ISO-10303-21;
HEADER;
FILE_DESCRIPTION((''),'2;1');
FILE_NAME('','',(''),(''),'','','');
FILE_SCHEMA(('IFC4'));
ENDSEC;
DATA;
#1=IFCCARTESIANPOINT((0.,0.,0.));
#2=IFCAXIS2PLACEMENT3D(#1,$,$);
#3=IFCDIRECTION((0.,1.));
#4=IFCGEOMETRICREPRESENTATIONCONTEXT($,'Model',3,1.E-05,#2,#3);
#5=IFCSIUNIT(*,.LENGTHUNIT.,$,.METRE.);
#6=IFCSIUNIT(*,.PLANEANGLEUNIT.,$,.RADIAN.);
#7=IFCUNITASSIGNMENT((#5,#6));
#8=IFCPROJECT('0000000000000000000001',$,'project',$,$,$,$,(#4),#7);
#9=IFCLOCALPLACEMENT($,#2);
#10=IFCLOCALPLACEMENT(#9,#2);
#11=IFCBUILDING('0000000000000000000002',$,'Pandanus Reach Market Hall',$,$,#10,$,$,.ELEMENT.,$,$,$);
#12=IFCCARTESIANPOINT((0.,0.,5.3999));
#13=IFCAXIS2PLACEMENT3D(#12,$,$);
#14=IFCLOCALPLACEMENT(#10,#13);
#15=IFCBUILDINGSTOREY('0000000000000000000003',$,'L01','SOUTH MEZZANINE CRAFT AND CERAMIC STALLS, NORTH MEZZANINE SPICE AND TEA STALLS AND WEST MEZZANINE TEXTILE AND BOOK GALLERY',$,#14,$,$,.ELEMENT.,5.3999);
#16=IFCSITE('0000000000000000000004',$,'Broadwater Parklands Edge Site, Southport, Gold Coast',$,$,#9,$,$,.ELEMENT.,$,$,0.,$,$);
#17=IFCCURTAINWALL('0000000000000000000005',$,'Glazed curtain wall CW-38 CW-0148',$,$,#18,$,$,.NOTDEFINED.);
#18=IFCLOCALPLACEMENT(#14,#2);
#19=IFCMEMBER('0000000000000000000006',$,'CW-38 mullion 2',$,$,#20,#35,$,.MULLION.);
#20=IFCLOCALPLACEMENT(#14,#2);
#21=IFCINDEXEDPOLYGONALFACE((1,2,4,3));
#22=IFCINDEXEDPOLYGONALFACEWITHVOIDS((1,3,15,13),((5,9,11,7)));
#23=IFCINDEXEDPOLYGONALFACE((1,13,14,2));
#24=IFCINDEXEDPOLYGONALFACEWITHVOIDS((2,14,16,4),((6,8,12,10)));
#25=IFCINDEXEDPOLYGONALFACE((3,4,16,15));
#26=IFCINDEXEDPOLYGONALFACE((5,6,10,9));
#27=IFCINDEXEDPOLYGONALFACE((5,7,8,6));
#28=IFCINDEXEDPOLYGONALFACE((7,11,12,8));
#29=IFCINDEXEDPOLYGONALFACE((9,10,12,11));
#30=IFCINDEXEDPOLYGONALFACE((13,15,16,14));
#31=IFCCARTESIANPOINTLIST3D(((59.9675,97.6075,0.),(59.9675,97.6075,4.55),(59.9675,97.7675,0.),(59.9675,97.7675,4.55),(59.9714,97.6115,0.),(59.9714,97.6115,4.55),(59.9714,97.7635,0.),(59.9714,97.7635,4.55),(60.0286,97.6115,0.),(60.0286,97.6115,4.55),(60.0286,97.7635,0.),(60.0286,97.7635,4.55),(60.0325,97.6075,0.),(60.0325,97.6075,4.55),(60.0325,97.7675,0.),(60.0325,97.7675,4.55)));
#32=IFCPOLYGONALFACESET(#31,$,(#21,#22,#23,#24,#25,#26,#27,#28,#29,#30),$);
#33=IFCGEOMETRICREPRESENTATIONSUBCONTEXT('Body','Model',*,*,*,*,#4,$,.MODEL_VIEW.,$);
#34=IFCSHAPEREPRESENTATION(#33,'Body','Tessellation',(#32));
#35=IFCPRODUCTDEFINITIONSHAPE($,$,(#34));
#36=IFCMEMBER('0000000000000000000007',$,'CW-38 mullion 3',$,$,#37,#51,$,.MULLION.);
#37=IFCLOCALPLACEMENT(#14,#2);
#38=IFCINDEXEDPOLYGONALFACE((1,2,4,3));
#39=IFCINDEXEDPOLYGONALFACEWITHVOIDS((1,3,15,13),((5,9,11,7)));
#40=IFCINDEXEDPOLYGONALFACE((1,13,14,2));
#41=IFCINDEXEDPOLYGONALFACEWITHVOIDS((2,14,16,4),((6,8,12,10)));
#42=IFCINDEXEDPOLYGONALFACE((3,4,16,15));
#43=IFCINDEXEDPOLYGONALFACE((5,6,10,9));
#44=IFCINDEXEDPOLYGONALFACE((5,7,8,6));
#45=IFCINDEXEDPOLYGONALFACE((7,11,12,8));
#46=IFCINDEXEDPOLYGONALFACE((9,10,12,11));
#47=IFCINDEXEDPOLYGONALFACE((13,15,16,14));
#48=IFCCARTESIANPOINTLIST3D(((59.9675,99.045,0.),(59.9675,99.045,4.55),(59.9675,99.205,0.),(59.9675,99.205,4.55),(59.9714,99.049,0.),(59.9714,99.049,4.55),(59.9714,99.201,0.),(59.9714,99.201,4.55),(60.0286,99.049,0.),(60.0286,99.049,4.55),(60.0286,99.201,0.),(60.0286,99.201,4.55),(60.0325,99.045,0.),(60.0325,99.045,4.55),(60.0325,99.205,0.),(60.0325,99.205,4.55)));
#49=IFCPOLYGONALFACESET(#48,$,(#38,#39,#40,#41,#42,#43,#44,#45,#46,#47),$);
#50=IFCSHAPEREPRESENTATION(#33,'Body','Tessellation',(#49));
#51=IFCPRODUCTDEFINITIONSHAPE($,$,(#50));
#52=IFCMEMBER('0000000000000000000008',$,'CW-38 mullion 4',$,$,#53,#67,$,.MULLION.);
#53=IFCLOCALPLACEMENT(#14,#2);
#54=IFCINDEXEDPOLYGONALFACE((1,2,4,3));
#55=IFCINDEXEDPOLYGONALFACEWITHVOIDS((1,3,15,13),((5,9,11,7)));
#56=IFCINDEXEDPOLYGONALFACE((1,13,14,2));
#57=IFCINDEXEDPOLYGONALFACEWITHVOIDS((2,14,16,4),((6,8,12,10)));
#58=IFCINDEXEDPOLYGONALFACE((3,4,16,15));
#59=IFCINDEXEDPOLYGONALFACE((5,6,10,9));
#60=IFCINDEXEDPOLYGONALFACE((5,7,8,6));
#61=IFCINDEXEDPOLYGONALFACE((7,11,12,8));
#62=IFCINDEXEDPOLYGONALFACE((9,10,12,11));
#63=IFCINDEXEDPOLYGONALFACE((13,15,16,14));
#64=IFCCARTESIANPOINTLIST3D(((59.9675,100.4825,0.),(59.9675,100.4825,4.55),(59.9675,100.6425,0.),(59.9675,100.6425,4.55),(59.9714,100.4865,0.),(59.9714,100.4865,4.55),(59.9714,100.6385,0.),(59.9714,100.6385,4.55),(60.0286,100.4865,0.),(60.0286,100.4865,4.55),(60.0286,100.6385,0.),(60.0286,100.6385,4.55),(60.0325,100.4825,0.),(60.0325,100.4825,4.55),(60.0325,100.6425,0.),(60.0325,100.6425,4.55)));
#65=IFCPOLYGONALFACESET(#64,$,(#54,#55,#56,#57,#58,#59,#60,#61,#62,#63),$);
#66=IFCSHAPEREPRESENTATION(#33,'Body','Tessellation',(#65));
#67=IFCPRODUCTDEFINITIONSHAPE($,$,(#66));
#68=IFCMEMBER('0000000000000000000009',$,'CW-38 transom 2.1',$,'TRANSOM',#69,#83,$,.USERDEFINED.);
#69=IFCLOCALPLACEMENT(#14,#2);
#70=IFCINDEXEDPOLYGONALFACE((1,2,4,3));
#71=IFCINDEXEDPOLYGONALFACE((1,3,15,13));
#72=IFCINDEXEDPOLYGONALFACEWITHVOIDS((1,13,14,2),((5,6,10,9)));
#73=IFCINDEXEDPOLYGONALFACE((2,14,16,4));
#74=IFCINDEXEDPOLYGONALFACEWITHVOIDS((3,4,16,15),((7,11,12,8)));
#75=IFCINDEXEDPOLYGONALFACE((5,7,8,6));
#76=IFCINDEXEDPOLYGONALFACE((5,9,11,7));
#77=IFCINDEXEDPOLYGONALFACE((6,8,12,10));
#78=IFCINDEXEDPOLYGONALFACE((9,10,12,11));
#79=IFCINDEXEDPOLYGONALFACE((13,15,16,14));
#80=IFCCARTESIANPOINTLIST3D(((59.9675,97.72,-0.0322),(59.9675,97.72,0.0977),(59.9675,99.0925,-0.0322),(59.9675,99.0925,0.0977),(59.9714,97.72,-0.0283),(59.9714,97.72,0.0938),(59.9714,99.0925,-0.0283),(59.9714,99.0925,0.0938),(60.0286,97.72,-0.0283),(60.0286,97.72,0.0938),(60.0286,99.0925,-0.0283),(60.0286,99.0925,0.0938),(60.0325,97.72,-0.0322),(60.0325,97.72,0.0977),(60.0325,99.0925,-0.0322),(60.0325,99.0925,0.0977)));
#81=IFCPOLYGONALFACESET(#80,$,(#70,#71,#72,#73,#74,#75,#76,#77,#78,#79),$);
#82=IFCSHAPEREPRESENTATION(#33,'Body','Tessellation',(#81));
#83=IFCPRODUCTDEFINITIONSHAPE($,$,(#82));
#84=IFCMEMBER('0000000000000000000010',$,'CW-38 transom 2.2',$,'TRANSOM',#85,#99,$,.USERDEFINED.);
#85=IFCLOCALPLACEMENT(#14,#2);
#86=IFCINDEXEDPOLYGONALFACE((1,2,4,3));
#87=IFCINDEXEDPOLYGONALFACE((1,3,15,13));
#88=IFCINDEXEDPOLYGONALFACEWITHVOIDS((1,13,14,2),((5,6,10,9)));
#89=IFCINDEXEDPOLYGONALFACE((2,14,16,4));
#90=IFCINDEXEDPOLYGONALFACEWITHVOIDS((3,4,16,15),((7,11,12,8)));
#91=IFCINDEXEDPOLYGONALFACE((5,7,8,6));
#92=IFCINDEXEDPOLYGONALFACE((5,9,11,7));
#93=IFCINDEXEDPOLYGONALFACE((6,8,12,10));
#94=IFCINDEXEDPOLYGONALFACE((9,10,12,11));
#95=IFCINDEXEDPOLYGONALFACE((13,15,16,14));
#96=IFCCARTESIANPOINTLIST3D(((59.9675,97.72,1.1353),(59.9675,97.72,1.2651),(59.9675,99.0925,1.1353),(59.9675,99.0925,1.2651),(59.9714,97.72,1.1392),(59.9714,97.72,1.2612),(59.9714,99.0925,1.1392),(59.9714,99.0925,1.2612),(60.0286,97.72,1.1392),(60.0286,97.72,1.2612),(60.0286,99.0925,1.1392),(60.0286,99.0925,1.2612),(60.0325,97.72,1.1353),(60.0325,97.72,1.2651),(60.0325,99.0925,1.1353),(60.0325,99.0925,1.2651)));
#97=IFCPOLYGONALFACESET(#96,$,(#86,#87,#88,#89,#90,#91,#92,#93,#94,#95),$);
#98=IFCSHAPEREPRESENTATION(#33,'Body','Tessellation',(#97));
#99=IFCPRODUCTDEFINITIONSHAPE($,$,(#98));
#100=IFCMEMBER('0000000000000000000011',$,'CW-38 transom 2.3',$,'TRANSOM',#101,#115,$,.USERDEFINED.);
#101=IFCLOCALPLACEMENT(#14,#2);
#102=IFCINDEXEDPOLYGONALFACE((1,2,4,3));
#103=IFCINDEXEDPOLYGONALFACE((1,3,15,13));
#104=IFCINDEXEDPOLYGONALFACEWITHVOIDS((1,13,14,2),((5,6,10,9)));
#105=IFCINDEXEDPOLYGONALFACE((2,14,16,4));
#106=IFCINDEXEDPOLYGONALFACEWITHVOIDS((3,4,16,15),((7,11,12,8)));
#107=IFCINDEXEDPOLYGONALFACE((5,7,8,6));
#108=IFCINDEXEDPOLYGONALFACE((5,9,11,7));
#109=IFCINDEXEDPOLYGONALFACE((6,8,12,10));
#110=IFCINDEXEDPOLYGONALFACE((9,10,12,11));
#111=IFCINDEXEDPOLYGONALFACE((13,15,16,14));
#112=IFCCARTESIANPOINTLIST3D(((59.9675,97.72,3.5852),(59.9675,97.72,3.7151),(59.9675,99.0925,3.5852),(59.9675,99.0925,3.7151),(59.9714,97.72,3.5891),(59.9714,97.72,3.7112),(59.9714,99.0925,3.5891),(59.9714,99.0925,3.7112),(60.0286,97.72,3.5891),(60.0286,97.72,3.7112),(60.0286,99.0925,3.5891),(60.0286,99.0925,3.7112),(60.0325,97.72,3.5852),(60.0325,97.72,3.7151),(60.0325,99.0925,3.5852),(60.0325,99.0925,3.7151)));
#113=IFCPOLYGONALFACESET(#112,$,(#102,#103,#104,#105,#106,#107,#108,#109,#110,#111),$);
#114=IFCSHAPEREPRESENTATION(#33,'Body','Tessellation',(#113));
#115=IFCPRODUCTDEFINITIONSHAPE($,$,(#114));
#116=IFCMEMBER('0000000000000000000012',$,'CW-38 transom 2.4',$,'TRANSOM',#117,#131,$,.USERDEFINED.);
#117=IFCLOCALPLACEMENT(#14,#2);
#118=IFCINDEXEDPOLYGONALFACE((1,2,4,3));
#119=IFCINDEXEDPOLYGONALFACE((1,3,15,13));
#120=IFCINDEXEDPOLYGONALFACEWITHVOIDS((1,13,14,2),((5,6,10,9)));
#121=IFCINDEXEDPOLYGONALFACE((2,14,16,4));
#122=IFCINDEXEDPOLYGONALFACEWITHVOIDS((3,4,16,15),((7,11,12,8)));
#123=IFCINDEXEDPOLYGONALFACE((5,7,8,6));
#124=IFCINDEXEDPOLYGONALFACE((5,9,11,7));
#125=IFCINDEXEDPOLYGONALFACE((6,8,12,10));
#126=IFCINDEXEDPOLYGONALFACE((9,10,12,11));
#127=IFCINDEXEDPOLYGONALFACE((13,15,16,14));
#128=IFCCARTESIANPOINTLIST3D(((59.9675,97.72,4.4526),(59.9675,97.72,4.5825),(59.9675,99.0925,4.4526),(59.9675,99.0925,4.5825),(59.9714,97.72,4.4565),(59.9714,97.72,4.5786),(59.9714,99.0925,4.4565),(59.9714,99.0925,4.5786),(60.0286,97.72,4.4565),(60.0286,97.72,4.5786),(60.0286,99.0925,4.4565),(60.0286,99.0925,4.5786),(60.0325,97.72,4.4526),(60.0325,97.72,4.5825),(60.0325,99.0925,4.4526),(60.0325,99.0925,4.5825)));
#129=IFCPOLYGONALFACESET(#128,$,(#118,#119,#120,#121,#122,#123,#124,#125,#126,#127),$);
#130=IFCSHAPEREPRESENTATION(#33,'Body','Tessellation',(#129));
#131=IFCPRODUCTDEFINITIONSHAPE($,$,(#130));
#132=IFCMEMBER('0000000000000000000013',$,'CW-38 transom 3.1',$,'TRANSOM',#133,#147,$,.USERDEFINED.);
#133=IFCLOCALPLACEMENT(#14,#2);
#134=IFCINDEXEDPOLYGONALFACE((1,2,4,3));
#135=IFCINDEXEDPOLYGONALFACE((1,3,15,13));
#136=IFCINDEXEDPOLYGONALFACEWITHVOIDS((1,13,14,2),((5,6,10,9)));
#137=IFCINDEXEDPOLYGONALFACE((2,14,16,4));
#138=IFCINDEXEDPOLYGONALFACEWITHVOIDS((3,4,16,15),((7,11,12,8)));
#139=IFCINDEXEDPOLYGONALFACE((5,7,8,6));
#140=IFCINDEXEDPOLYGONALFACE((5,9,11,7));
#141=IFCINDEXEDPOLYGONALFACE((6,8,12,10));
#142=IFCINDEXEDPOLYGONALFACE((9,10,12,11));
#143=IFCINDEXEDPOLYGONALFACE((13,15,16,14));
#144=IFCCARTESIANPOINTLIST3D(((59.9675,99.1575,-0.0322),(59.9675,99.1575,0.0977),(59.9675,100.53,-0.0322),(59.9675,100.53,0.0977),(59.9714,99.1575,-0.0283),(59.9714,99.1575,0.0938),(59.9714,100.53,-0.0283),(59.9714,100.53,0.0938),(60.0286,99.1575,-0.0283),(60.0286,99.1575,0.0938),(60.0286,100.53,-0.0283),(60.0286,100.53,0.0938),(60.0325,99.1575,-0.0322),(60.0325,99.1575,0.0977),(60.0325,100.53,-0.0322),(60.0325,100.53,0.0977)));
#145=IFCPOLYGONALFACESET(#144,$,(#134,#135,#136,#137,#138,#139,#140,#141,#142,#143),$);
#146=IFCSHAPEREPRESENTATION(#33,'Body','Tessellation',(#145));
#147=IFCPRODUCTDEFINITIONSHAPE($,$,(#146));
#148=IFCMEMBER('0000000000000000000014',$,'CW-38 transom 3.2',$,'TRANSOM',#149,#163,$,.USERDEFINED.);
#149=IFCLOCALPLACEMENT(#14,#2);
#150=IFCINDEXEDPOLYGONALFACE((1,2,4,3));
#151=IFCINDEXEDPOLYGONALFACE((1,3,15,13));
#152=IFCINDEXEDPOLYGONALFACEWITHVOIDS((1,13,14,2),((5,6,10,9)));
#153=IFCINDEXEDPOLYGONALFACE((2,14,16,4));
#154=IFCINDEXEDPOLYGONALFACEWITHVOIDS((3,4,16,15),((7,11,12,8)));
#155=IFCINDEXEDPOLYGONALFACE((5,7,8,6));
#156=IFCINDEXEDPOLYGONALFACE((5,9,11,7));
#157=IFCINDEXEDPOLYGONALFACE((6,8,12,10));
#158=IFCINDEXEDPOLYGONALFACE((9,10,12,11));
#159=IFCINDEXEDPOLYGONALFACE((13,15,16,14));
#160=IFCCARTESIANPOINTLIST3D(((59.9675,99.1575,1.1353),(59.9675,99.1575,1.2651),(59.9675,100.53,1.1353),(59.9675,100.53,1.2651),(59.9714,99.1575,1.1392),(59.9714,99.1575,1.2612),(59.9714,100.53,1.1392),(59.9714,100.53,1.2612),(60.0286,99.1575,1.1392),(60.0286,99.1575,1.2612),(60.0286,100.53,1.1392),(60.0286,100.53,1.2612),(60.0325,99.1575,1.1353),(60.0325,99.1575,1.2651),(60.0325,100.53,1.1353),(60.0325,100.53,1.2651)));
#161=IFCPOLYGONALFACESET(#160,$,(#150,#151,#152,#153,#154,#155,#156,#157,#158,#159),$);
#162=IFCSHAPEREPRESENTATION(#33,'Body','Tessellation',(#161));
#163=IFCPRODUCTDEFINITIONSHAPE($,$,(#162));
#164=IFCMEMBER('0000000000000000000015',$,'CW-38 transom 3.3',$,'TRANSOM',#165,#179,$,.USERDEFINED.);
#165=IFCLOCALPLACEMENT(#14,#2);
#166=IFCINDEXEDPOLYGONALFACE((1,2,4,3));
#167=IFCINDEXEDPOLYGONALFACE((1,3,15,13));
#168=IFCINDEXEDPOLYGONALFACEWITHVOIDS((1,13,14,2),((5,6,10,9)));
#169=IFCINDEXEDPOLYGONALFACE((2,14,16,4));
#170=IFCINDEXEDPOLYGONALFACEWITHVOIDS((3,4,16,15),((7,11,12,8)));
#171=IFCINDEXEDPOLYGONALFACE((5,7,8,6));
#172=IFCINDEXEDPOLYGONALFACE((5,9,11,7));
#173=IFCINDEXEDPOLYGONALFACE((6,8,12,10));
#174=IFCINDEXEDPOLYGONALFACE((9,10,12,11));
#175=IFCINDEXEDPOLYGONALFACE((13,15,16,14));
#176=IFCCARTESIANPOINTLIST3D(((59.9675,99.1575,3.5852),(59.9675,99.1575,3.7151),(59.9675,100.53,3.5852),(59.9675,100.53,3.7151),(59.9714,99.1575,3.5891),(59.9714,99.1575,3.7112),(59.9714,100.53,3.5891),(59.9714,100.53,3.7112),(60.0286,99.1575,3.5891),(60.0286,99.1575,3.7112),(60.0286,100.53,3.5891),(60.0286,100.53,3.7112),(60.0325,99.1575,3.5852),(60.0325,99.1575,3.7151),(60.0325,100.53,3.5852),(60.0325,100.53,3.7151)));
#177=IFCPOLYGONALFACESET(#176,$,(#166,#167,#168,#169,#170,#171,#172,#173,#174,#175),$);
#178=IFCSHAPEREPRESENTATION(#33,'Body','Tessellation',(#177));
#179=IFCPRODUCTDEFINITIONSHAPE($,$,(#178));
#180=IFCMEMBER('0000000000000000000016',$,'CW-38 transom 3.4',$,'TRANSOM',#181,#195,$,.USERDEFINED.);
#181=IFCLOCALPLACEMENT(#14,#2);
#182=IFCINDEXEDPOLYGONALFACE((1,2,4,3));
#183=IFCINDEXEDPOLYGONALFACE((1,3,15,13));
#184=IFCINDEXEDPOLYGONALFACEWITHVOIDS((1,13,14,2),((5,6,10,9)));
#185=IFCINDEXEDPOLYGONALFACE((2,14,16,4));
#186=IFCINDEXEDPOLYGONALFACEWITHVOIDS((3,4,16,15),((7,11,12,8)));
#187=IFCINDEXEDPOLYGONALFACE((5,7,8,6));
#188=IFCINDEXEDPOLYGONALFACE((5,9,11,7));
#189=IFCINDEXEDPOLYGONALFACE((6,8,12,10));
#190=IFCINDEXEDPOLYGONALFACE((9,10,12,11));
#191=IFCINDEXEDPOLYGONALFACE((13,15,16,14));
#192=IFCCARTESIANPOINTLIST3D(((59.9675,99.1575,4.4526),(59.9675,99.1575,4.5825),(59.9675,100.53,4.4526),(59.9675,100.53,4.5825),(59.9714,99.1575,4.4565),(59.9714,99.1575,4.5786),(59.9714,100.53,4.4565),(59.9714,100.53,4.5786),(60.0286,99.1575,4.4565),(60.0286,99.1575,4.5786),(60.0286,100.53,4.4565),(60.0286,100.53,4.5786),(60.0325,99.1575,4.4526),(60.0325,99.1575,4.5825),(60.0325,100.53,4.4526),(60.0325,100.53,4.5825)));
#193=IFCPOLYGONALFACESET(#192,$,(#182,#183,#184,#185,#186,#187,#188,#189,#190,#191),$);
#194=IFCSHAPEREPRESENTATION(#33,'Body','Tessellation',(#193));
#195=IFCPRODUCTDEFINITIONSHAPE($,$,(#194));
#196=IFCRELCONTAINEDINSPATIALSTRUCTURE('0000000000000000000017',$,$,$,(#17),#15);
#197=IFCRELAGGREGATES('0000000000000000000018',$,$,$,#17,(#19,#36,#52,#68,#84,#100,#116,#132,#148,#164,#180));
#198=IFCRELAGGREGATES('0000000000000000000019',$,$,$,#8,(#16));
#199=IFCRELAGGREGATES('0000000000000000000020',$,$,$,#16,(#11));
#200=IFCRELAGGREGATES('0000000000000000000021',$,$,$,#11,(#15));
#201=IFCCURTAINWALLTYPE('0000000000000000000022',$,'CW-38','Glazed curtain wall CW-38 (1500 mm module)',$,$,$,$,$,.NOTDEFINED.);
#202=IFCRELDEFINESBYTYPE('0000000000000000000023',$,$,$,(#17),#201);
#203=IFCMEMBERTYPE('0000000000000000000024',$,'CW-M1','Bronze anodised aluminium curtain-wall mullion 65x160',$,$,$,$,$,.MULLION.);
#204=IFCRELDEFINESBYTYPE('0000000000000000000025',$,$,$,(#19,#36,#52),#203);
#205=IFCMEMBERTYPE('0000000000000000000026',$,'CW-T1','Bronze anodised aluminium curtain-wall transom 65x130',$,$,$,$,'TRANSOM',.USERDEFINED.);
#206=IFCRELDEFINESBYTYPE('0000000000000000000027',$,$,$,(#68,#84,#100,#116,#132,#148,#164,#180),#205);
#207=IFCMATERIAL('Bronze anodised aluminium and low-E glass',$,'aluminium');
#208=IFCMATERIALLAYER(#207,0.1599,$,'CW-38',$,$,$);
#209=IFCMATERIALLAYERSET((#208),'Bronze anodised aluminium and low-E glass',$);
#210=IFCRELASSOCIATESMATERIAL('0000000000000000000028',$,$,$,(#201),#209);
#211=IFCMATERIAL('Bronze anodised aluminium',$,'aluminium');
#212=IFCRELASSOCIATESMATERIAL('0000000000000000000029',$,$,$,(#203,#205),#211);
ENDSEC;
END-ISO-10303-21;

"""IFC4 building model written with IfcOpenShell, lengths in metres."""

from ifc_helpers import new_model, si_unit, direction, frame, origin, origin_2d, place, context, subcontext, project, spatial, hollow_rectangle, extrude, material, layer, layer_set, material_profile, profile_set, type_object, element, aggregate, save


model = new_model("IFC4")

# Units and contexts
model_context = context("Model", 3, precision=1e-05, world=origin(), true_north=direction((0.0, 1.0)))
body_context = subcontext(model_context, "Body", "Model", "MODEL_VIEW")
ifc_project = project(units=[si_unit("LENGTHUNIT", "METRE"), si_unit("PLANEANGLEUNIT", "RADIAN")], contexts=[model_context])

# Site, building, storey
site_placement = place(None, origin())
site = spatial("IfcSite", under=ifc_project, at=site_placement, Name="Broadwater Parklands Edge Site, Southport, Gold Coast", CompositionType="ELEMENT", RefElevation=0.0)
building_placement = place(site_placement, origin())
building = spatial("IfcBuilding", under=site, at=building_placement, Name="Pandanus Reach Market Hall", CompositionType="ELEMENT")
storey_placement = place(building_placement, frame((0.0, 0.0, 5.3999)))
storey = spatial("IfcBuildingStorey", under=building, at=storey_placement, Name="L01", Description="SOUTH MEZZANINE CRAFT AND CERAMIC STALLS, NORTH MEZZANINE SPICE AND TEA STALLS AND WEST MEZZANINE TEXTILE AND BOOK GALLERY", CompositionType="ELEMENT", Elevation=5.3999)

# Curtain wall, members
ifc_material_1 = material(Name="Bronze anodised aluminium and low-E glass", Category="aluminium")
ifc_layer_1 = layer(ifc_material_1, 0.1599, Name="CW-38")
ifc_layer_set_1 = layer_set([ifc_layer_1], Name="Bronze anodised aluminium and low-E glass")
curtain_wall_type = type_object("IfcCurtainWallType", Name="CW-38", Description="Glazed curtain wall CW-38 (1500 mm module)", PredefinedType="NOTDEFINED", material=ifc_layer_set_1)
curtain_wall_placement = place(storey_placement, origin())
curtain_wall = element("IfcCurtainWall", 1, at=curtain_wall_placement, inside=storey, type_object=curtain_wall_type, Name="Glazed curtain wall CW-38 CW-0148", PredefinedType="NOTDEFINED")
ifc_material_2 = material(Name="Bronze anodised aluminium", Category="aluminium")
ifc_material_profile_1 = material_profile(ifc_material_2, hollow_rectangle(XDim=0.0649, YDim=0.1599, WallThickness=0.0039, at=origin_2d()), Name="ALU65x160", Category="LoadBearing")
ifc_profile_set_1 = profile_set([ifc_material_profile_1], Name="Bronze anodised aluminium")
member_type_1 = type_object("IfcMemberType", Name="CW-M1", Description="Bronze anodised aluminium curtain-wall mullion 65x160", PredefinedType="MULLION", material=ifc_profile_set_1)
member_1_placement = place(storey_placement, frame((60.0, 97.6875, 0.0), z_axis=(0.0, 0.0, 1.0), x_axis=(-1.0, 0.0, 0.0)))
member_1 = element("IfcMember", 2, at=member_1_placement, type_object=member_type_1, Name="CW-38 mullion 2", PredefinedType="MULLION", context=body_context, shape_type="SweptSolid", body=[
    extrude(hollow_rectangle(XDim=0.0649, YDim=0.1599, WallThickness=0.0039, at=origin_2d()), origin(), (0.0, 0.0, 1.0), 4.55),
])
member_2_placement = place(storey_placement, frame((60.0, 99.125, 0.0), z_axis=(0.0, 0.0, 1.0), x_axis=(-1.0, 0.0, 0.0)))
member_2 = element("IfcMember", 3, at=member_2_placement, type_object=member_type_1, Name="CW-38 mullion 3", PredefinedType="MULLION", context=body_context, shape_type="SweptSolid", body=[
    extrude(hollow_rectangle(XDim=0.0649, YDim=0.1599, WallThickness=0.0039, at=origin_2d()), origin(), (0.0, 0.0, 1.0), 4.55),
])
member_3_placement = place(storey_placement, frame((60.0, 100.5625, 0.0), z_axis=(0.0, 0.0, 1.0), x_axis=(-1.0, 0.0, 0.0)))
member_3 = element("IfcMember", 4, at=member_3_placement, type_object=member_type_1, Name="CW-38 mullion 4", PredefinedType="MULLION", context=body_context, shape_type="SweptSolid", body=[
    extrude(hollow_rectangle(XDim=0.0649, YDim=0.1599, WallThickness=0.0039, at=origin_2d()), origin(), (0.0, 0.0, 1.0), 4.55),
])
ifc_material_profile_2 = material_profile(ifc_material_2, hollow_rectangle(XDim=0.0649, YDim=0.1299, WallThickness=0.0039, at=origin_2d()), Name="ALU65x130", Category="LoadBearing")
ifc_profile_set_2 = profile_set([ifc_material_profile_2], Name="Bronze anodised aluminium")
member_type_2 = type_object("IfcMemberType", Name="CW-T1", Description="Bronze anodised aluminium curtain-wall transom 65x130", ElementType="TRANSOM", PredefinedType="USERDEFINED", material=ifc_profile_set_2)
member_4_placement = place(storey_placement, frame((60.0, 97.72, 0.0327), z_axis=(0.0, 1.0, 0.0), x_axis=(-1.0, 0.0, 0.0)))
member_4 = element("IfcMember", 5, at=member_4_placement, type_object=member_type_2, Name="CW-38 transom 2.1", ObjectType="TRANSOM", PredefinedType="USERDEFINED", context=body_context, shape_type="SweptSolid", body=[
    extrude(hollow_rectangle(XDim=0.0649, YDim=0.1299, WallThickness=0.0039, at=origin_2d()), origin(), (0.0, 0.0, 1.0), 1.3726),
])
member_5_placement = place(storey_placement, frame((60.0, 97.72, 1.2002), z_axis=(0.0, 1.0, 0.0), x_axis=(-1.0, 0.0, 0.0)))
member_5 = element("IfcMember", 6, at=member_5_placement, type_object=member_type_2, Name="CW-38 transom 2.2", ObjectType="TRANSOM", PredefinedType="USERDEFINED", context=body_context, shape_type="SweptSolid", body=[
    extrude(hollow_rectangle(XDim=0.0649, YDim=0.1299, WallThickness=0.0039, at=origin_2d()), origin(), (0.0, 0.0, 1.0), 1.3726),
])
member_6_placement = place(storey_placement, frame((60.0, 97.72, 3.6501), z_axis=(0.0, 1.0, 0.0), x_axis=(-1.0, 0.0, 0.0)))
member_6 = element("IfcMember", 7, at=member_6_placement, type_object=member_type_2, Name="CW-38 transom 2.3", ObjectType="TRANSOM", PredefinedType="USERDEFINED", context=body_context, shape_type="SweptSolid", body=[
    extrude(hollow_rectangle(XDim=0.0649, YDim=0.1299, WallThickness=0.0039, at=origin_2d()), origin(), (0.0, 0.0, 1.0), 1.3726),
])
member_7_placement = place(storey_placement, frame((60.0, 97.72, 4.5176), z_axis=(0.0, 1.0, 0.0), x_axis=(-1.0, 0.0, 0.0)))
member_7 = element("IfcMember", 8, at=member_7_placement, type_object=member_type_2, Name="CW-38 transom 2.4", ObjectType="TRANSOM", PredefinedType="USERDEFINED", context=body_context, shape_type="SweptSolid", body=[
    extrude(hollow_rectangle(XDim=0.0649, YDim=0.1299, WallThickness=0.0039, at=origin_2d()), origin(), (0.0, 0.0, 1.0), 1.3726),
])
member_8_placement = place(storey_placement, frame((60.0, 99.1575, 0.0327), z_axis=(0.0, 1.0, 0.0), x_axis=(-1.0, 0.0, 0.0)))
member_8 = element("IfcMember", 9, at=member_8_placement, type_object=member_type_2, Name="CW-38 transom 3.1", ObjectType="TRANSOM", PredefinedType="USERDEFINED", context=body_context, shape_type="SweptSolid", body=[
    extrude(hollow_rectangle(XDim=0.0649, YDim=0.1299, WallThickness=0.0039, at=origin_2d()), origin(), (0.0, 0.0, 1.0), 1.3726),
])
member_9_placement = place(storey_placement, frame((60.0, 99.1575, 1.2002), z_axis=(0.0, 1.0, 0.0), x_axis=(-1.0, 0.0, 0.0)))
member_9 = element("IfcMember", 10, at=member_9_placement, type_object=member_type_2, Name="CW-38 transom 3.2", ObjectType="TRANSOM", PredefinedType="USERDEFINED", context=body_context, shape_type="SweptSolid", body=[
    extrude(hollow_rectangle(XDim=0.0649, YDim=0.1299, WallThickness=0.0039, at=origin_2d()), origin(), (0.0, 0.0, 1.0), 1.3726),
])
member_10_placement = place(storey_placement, frame((60.0, 99.1575, 3.6501), z_axis=(0.0, 1.0, 0.0), x_axis=(-1.0, 0.0, 0.0)))
member_10 = element("IfcMember", 11, at=member_10_placement, type_object=member_type_2, Name="CW-38 transom 3.3", ObjectType="TRANSOM", PredefinedType="USERDEFINED", context=body_context, shape_type="SweptSolid", body=[
    extrude(hollow_rectangle(XDim=0.0649, YDim=0.1299, WallThickness=0.0039, at=origin_2d()), origin(), (0.0, 0.0, 1.0), 1.3726),
])
member_11_placement = place(storey_placement, frame((60.0, 99.1575, 4.5176), z_axis=(0.0, 1.0, 0.0), x_axis=(-1.0, 0.0, 0.0)))
member_11 = element("IfcMember", 12, at=member_11_placement, type_object=member_type_2, Name="CW-38 transom 3.4", ObjectType="TRANSOM", PredefinedType="USERDEFINED", context=body_context, shape_type="SweptSolid", body=[
    extrude(hollow_rectangle(XDim=0.0649, YDim=0.1299, WallThickness=0.0039, at=origin_2d()), origin(), (0.0, 0.0, 1.0), 1.3726),
])
aggregate(curtain_wall, [member_1, member_2, member_3, member_4, member_5, member_6, member_7, member_8, member_9, member_10, member_11])

save(model, "model.ifc")
